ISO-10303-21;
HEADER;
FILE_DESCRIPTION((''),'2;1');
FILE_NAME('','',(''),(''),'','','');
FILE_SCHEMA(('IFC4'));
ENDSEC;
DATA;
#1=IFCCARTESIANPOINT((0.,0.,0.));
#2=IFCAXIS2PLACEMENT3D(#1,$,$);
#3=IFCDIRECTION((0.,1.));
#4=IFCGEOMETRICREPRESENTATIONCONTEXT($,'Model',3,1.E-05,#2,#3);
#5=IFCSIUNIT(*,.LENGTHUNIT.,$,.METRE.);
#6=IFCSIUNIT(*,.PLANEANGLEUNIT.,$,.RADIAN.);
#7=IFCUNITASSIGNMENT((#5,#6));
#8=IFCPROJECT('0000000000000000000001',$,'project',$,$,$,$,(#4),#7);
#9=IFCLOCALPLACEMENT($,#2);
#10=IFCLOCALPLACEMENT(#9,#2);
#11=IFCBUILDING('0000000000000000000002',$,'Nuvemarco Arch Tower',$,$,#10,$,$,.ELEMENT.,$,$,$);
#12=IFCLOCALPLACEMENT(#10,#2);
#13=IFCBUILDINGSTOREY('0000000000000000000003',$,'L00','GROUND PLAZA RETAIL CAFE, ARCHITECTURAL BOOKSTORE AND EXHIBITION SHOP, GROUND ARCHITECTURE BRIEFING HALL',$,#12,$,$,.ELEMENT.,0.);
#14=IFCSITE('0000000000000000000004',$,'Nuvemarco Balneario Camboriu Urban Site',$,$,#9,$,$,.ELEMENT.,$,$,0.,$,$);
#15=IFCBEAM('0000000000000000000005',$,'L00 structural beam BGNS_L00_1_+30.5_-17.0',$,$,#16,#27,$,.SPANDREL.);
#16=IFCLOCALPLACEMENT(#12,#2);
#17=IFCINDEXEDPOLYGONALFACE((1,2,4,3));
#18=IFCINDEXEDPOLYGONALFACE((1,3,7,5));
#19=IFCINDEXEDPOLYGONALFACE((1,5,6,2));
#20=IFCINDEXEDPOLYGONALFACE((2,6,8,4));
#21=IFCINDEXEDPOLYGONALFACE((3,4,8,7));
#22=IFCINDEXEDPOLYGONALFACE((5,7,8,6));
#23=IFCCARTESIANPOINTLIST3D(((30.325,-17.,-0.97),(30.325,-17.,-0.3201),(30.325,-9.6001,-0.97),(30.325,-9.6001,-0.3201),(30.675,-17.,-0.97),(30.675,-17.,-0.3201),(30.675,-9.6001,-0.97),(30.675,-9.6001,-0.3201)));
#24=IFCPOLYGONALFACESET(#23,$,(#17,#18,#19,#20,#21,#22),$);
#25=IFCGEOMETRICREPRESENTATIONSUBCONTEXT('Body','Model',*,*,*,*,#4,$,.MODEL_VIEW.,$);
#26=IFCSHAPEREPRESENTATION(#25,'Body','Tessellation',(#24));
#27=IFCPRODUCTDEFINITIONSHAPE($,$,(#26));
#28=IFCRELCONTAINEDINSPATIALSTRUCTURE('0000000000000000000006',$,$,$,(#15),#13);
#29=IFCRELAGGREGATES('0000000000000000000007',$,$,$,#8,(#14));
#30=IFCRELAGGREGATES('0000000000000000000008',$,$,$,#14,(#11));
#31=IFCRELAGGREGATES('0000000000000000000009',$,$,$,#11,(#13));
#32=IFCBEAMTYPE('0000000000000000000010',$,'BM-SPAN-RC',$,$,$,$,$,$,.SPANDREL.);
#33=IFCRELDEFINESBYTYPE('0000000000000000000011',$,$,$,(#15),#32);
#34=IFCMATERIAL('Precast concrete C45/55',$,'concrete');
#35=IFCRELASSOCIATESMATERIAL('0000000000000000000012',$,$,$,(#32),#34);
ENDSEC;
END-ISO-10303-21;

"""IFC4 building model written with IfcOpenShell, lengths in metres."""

from ifc_helpers import new_model, si_unit, direction, frame, origin, origin_2d, place, context, subcontext, project, spatial, rectangle, extrude, material, material_profile, profile_set, type_object, element, save


model = new_model("IFC4")

# Units and contexts
model_context = context("Model", 3, precision=1e-05, world=origin(), true_north=direction((0.0, 1.0)))
body_context = subcontext(model_context, "Body", "Model", "MODEL_VIEW")
ifc_project = project(units=[si_unit("LENGTHUNIT", "METRE"), si_unit("PLANEANGLEUNIT", "RADIAN")], contexts=[model_context])

# Site, building, storey
site_placement = place(None, origin())
site = spatial("IfcSite", under=ifc_project, at=site_placement, Name="Nuvemarco Balneario Camboriu Urban Site", CompositionType="ELEMENT", RefElevation=0.0)
building_placement = place(site_placement, origin())
building = spatial("IfcBuilding", under=site, at=building_placement, Name="Nuvemarco Arch Tower", CompositionType="ELEMENT")
storey_placement = place(building_placement, origin())
storey = spatial("IfcBuildingStorey", under=building, at=storey_placement, Name="L00", Description="GROUND PLAZA RETAIL CAFE, ARCHITECTURAL BOOKSTORE AND EXHIBITION SHOP, GROUND ARCHITECTURE BRIEFING HALL", CompositionType="ELEMENT", Elevation=0.0)

# Beam
ifc_material_1 = material(Name="Precast concrete C45/55", Category="concrete")
ifc_material_profile_1 = material_profile(ifc_material_1, rectangle(XDim=0.3501, YDim=0.6499, at=origin_2d()), Name="PC-SP-350x650")
ifc_profile_set_1 = profile_set([ifc_material_profile_1], Name="Precast concrete C45/55")
beam_type_1 = type_object("IfcBeamType", Name="BM-SPAN-RC", PredefinedType="SPANDREL", material=ifc_profile_set_1)
beam_1_placement = place(storey_placement, frame((30.5, -17.0, -0.645), z_axis=(0.0, 1.0, 0.0), x_axis=(-1.0, 0.0, 0.0)))
element("IfcBeam", 1, at=beam_1_placement, inside=storey, type_object=beam_type_1, Name="L00 structural beam BGNS_L00_1_+30.5_-17.0", PredefinedType="SPANDREL", context=body_context, shape_type="SweptSolid", body=[
    extrude(rectangle(XDim=0.3501, YDim=0.6499, at=origin_2d()), origin(), (0.0, 0.0, 1.0), 7.3999),
])

save(model, "model.ifc")
